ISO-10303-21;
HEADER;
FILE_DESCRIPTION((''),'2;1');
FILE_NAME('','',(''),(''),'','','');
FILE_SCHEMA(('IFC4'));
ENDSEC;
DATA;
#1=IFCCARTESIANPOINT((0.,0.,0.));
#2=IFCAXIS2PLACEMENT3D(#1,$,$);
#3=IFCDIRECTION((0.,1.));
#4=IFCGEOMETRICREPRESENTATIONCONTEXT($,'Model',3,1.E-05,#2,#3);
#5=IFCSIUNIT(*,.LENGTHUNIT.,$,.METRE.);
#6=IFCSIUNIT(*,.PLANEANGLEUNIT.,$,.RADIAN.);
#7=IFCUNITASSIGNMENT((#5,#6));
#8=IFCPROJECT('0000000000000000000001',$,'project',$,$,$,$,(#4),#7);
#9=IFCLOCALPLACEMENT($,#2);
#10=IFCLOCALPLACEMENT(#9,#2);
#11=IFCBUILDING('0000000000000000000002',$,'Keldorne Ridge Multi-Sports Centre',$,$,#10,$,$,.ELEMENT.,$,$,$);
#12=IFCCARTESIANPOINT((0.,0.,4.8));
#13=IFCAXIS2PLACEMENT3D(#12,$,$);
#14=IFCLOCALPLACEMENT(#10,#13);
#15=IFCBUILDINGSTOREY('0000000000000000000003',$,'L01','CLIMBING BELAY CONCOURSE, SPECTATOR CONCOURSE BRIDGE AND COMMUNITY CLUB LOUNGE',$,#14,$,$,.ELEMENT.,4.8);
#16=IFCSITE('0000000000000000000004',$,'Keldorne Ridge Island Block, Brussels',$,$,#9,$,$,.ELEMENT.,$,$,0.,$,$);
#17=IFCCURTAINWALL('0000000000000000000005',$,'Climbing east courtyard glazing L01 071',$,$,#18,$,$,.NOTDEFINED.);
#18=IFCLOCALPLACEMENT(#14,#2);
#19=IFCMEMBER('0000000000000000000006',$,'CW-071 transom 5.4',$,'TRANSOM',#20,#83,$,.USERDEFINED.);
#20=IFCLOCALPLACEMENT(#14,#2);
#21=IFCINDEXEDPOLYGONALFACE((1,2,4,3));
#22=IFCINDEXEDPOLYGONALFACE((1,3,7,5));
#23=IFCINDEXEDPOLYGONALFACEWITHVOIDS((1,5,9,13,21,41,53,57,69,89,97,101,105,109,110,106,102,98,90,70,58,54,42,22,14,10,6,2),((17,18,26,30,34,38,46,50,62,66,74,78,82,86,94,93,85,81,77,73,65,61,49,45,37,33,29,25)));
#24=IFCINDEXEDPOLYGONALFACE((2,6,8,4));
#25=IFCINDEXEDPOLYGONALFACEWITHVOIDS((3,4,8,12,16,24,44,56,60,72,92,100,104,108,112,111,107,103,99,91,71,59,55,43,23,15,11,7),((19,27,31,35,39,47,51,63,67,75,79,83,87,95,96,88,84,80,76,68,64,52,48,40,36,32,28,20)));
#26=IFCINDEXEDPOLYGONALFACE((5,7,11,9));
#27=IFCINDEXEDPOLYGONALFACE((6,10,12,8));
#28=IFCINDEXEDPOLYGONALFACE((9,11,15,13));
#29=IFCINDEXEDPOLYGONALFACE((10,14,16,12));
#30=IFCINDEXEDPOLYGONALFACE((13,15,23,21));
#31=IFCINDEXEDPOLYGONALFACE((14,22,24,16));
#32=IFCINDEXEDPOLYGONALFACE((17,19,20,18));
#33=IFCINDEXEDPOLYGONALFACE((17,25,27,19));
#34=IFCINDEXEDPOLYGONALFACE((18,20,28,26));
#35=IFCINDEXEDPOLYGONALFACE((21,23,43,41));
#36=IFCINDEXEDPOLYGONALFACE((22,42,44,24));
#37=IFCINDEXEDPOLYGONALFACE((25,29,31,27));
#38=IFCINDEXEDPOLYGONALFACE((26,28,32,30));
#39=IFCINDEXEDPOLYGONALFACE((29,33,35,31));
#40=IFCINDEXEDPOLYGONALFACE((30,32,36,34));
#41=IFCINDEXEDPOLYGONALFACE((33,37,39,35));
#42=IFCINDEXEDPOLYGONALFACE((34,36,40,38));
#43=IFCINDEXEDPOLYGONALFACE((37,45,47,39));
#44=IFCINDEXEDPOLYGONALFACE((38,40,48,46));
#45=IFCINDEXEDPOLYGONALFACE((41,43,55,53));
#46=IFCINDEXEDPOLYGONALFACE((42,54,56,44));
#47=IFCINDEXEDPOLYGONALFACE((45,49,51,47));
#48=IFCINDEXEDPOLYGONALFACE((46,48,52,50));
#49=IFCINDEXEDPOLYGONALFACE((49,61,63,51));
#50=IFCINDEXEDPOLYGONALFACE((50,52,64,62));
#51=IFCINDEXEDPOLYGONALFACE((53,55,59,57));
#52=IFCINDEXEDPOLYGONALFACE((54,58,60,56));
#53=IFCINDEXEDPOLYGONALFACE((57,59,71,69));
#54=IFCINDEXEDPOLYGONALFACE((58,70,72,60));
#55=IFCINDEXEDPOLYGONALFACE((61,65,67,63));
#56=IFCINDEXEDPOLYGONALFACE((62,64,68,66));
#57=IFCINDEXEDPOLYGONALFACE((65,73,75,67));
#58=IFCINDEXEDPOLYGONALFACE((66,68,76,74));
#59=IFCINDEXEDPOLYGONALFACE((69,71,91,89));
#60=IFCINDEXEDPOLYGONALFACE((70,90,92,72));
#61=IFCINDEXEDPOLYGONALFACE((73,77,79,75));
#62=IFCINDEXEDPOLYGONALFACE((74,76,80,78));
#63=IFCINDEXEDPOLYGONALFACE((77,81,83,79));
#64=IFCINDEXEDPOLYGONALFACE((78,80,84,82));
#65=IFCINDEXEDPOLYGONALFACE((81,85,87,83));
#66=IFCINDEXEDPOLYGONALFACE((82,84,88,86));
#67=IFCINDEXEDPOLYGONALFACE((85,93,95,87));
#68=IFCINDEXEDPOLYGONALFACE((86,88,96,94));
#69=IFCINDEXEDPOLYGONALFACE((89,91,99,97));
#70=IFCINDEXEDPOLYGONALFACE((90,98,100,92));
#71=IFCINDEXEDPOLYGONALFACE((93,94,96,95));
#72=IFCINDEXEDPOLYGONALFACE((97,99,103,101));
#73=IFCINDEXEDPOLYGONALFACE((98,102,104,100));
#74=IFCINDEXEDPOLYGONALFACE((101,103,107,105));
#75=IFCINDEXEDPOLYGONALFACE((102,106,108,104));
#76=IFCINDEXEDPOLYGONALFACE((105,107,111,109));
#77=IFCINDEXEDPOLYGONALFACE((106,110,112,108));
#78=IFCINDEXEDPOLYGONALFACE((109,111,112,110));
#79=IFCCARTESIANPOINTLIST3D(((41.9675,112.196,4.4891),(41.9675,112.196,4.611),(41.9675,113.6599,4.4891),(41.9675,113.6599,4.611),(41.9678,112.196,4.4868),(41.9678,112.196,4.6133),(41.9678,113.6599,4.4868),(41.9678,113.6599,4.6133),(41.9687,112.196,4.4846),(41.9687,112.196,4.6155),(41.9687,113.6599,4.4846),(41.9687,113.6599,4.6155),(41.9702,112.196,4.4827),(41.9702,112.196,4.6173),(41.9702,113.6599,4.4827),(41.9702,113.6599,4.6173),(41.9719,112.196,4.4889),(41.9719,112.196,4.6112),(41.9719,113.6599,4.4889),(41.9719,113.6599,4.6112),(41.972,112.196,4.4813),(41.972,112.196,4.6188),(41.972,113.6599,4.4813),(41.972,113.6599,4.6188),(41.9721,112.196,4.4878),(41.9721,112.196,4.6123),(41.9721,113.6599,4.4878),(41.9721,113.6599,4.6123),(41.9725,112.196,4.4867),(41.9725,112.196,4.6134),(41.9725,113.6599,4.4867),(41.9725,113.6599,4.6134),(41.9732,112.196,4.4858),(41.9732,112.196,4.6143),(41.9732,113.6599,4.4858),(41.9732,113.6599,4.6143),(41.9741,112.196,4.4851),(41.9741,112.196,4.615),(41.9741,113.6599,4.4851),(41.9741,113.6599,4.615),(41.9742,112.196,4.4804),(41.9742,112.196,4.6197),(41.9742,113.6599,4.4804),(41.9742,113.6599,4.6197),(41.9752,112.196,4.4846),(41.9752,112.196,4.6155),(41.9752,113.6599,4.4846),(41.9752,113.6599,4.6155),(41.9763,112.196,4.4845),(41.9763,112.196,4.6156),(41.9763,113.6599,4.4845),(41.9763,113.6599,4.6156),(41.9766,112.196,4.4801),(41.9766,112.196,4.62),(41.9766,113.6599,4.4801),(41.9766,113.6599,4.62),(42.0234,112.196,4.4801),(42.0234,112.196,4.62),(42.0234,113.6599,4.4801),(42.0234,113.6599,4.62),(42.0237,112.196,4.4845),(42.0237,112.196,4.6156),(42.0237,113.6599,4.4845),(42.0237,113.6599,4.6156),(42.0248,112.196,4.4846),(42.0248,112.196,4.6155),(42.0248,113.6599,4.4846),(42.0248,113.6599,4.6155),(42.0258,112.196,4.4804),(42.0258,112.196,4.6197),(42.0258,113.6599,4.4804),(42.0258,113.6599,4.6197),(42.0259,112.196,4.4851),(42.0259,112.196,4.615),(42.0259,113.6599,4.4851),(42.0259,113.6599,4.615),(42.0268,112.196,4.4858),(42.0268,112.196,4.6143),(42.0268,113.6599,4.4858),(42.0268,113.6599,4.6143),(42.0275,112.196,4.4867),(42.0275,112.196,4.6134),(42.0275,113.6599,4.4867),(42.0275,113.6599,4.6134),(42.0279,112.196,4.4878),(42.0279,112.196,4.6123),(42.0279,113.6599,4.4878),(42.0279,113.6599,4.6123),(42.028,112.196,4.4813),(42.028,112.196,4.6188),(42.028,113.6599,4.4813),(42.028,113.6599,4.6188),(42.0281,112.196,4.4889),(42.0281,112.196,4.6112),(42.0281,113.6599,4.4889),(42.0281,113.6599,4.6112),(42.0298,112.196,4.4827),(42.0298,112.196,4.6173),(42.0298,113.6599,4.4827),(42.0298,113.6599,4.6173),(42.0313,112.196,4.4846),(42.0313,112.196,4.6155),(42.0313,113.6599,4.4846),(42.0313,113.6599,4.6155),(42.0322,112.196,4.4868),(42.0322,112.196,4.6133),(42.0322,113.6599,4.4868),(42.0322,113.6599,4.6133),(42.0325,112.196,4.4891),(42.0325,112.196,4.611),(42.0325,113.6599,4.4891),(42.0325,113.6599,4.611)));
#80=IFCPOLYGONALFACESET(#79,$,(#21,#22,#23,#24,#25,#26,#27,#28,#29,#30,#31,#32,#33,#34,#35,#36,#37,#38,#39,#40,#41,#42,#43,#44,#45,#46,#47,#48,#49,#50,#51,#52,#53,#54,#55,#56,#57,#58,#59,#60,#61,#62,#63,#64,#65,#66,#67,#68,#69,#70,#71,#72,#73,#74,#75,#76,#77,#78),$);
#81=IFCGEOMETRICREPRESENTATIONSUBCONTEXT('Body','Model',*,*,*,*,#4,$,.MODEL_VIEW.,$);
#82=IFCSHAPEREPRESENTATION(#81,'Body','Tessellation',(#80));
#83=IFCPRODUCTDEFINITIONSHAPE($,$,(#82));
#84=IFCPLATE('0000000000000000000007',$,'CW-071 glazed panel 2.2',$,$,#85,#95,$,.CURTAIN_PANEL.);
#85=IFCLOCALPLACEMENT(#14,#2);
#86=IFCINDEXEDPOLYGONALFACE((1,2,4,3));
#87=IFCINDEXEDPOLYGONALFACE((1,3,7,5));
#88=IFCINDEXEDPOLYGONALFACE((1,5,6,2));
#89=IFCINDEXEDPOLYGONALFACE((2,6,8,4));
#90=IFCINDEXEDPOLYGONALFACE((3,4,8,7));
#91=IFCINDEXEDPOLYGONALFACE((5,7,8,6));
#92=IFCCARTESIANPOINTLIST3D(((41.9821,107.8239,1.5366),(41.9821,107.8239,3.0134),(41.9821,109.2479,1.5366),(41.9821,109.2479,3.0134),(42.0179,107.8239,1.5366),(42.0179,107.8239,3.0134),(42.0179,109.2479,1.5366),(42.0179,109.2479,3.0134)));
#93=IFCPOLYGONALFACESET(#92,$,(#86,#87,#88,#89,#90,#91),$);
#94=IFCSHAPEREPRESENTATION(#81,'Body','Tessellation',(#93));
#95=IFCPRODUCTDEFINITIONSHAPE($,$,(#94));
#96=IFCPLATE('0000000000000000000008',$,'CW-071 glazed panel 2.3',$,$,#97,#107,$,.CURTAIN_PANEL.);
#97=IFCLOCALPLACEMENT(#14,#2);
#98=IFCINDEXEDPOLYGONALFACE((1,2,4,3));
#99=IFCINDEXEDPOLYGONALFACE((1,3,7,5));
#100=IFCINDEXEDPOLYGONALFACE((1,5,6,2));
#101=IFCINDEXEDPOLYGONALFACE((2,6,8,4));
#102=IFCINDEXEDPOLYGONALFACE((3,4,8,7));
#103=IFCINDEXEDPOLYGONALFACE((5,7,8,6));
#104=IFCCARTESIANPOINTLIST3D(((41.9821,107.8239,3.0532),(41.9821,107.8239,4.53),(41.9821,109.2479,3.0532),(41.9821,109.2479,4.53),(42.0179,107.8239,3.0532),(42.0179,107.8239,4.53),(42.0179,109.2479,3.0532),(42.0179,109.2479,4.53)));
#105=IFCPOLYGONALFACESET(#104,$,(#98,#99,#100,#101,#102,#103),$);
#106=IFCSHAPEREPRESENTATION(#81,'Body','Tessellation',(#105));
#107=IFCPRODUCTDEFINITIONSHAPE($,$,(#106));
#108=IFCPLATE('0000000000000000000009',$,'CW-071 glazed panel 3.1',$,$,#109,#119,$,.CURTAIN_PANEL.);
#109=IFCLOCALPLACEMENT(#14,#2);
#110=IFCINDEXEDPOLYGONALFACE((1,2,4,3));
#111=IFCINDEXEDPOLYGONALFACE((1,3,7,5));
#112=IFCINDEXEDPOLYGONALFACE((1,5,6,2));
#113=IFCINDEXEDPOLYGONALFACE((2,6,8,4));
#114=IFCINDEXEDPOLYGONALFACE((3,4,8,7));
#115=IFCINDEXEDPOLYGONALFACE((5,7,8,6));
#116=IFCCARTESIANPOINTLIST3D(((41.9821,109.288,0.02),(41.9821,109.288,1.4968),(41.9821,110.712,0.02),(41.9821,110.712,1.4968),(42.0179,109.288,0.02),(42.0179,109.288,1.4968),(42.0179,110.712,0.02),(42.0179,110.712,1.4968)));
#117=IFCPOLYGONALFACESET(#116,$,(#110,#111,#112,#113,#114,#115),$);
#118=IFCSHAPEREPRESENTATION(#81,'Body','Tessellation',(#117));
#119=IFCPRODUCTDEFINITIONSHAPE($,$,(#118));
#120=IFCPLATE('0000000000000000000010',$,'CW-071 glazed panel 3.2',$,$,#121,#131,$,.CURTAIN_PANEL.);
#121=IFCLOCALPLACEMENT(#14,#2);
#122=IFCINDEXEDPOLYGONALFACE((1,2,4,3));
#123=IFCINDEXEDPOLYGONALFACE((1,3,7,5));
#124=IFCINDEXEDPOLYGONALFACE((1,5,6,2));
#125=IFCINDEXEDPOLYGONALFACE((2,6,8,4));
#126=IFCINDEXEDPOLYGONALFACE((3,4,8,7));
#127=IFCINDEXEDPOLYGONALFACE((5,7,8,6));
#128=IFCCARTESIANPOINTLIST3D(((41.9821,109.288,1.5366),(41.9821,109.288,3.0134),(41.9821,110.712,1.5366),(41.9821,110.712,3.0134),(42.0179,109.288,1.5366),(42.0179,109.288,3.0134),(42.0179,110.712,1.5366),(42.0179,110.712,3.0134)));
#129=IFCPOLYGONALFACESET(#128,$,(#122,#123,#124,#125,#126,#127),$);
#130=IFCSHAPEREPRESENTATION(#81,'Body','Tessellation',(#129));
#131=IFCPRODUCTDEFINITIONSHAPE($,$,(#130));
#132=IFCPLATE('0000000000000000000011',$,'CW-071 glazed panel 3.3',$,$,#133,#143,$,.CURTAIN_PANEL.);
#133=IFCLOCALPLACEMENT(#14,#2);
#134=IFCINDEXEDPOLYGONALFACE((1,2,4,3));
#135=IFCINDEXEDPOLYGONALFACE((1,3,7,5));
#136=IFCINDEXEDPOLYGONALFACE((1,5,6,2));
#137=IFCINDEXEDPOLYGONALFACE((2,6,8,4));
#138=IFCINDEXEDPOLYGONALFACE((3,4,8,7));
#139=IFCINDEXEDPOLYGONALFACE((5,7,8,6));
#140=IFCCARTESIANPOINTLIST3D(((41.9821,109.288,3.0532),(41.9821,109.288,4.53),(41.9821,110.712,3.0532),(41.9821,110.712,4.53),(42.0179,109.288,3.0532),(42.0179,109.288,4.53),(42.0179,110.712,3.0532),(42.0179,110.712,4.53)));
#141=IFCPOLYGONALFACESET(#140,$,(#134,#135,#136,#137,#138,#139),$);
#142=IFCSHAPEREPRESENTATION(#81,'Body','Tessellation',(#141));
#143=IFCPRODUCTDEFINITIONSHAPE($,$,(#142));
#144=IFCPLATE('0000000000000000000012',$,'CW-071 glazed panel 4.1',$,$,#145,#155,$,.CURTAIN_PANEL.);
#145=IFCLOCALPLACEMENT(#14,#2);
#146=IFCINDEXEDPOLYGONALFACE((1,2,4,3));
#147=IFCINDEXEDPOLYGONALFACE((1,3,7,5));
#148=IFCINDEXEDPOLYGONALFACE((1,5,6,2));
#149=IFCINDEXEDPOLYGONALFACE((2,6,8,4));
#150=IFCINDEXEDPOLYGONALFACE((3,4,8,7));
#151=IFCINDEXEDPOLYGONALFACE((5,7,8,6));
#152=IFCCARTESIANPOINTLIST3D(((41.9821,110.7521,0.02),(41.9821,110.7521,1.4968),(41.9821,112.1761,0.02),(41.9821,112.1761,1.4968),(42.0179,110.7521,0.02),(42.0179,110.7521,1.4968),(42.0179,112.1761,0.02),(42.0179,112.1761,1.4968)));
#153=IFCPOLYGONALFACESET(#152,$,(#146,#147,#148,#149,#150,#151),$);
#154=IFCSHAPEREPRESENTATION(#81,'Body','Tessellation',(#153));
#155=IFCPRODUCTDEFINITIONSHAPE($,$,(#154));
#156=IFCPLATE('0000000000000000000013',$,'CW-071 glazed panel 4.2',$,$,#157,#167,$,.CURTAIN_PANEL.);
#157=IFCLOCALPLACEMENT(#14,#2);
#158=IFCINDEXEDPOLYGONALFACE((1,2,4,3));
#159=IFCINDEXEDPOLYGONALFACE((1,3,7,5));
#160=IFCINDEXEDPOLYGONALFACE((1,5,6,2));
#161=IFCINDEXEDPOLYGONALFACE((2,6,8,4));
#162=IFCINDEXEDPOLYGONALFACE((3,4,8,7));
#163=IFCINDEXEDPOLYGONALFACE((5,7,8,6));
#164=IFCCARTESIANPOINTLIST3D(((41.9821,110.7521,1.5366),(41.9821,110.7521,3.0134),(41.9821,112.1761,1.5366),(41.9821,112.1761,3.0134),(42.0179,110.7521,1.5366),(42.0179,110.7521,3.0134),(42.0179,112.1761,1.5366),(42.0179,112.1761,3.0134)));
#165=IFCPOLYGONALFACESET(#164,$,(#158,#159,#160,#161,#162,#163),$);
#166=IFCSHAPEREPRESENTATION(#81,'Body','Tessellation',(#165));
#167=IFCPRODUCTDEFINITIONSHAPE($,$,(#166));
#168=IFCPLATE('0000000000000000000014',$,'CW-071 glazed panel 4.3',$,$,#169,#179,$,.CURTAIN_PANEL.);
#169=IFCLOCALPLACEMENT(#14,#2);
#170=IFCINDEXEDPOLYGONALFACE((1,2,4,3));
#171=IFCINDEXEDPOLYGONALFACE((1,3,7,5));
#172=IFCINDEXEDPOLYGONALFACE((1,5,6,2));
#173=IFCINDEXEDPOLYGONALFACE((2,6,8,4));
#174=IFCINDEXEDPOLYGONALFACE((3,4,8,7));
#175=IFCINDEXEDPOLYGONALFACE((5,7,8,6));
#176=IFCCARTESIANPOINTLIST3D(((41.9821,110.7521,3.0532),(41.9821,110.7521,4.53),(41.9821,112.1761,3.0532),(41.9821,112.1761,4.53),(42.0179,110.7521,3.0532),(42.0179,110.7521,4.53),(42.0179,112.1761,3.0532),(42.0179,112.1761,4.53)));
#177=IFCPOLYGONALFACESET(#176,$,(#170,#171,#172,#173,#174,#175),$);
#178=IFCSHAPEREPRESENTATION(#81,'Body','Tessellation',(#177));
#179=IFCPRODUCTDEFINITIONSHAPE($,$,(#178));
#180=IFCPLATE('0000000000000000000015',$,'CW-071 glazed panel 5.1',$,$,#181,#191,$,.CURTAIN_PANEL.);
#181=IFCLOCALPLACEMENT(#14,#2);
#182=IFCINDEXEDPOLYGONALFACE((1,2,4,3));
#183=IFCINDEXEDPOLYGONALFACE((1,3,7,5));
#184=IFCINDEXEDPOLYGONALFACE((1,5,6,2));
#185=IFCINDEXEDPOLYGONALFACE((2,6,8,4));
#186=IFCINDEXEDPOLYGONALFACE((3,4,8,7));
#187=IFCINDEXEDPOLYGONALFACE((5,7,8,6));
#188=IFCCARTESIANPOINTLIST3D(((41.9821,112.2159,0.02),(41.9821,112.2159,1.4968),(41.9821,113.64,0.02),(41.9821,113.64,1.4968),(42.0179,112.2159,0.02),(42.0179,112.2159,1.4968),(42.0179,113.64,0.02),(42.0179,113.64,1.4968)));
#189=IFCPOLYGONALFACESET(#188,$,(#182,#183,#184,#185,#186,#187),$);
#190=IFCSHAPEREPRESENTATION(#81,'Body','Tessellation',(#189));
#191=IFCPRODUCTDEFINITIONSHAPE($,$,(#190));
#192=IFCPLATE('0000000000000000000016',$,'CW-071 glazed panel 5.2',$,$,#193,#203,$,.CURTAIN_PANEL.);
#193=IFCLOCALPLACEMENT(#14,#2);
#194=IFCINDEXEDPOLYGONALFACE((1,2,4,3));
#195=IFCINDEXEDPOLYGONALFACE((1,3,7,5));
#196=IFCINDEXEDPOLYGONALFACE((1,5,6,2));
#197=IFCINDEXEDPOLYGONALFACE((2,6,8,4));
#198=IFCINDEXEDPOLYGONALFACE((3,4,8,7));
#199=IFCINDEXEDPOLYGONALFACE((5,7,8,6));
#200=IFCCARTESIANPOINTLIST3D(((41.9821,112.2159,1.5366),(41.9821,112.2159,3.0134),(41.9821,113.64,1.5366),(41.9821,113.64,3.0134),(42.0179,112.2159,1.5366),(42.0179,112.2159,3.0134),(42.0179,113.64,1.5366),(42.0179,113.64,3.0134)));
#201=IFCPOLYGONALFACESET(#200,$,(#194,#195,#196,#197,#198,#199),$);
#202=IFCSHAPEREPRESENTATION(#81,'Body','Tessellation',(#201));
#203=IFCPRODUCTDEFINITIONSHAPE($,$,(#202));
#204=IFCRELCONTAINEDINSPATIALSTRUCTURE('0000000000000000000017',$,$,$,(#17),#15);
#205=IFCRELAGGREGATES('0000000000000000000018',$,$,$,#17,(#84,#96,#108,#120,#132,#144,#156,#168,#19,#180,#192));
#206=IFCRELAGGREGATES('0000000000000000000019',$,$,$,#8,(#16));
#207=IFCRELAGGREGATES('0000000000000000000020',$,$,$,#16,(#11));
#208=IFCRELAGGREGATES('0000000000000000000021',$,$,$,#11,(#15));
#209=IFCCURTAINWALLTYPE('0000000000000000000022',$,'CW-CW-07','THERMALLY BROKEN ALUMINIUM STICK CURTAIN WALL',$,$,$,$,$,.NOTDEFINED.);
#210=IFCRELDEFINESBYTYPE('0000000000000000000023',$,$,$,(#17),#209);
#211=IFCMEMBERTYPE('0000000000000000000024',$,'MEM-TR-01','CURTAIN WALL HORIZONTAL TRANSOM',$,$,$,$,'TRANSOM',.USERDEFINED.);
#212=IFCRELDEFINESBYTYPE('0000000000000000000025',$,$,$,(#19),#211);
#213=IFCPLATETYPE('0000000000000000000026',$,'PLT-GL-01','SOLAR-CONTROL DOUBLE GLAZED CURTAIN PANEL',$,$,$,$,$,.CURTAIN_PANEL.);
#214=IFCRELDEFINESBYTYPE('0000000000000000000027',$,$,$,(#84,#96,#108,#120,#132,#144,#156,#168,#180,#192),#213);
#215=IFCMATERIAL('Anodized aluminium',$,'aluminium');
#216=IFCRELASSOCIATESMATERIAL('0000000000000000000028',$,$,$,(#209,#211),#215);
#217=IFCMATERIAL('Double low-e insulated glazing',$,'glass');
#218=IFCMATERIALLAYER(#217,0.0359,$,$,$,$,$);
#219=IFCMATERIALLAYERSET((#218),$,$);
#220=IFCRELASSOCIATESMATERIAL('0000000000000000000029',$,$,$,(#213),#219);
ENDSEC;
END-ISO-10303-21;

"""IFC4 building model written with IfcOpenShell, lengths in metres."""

from ifc_helpers import new_model, si_unit, direction, frame, origin, origin_2d, place, context, subcontext, project, spatial, rectangle, hollow_rectangle, extrude, material, layer, layer_set, material_profile, profile_set, type_object, element, aggregate, save


model = new_model("IFC4")

# Units and contexts
model_context = context("Model", 3, precision=1e-05, world=origin(), true_north=direction((0.0, 1.0)))
body_context = subcontext(model_context, "Body", "Model", "MODEL_VIEW")
ifc_project = project(units=[si_unit("LENGTHUNIT", "METRE"), si_unit("PLANEANGLEUNIT", "RADIAN")], contexts=[model_context])

# Site, building, storey
site_placement = place(None, origin())
site = spatial("IfcSite", under=ifc_project, at=site_placement, Name="Keldorne Ridge Island Block, Brussels", CompositionType="ELEMENT", RefElevation=0.0)
building_placement = place(site_placement, origin())
building = spatial("IfcBuilding", under=site, at=building_placement, Name="Keldorne Ridge Multi-Sports Centre", CompositionType="ELEMENT")
storey_placement = place(building_placement, frame((0.0, 0.0, 4.8)))
storey = spatial("IfcBuildingStorey", under=building, at=storey_placement, Name="L01", Description="CLIMBING BELAY CONCOURSE, SPECTATOR CONCOURSE BRIDGE AND COMMUNITY CLUB LOUNGE", CompositionType="ELEMENT", Elevation=4.8)

# Curtain wall
ifc_material_1 = material(Name="Anodized aluminium", Category="aluminium")
curtain_wall_type_1 = type_object("IfcCurtainWallType", Name="CW-CW-07", Description="THERMALLY BROKEN ALUMINIUM STICK CURTAIN WALL", PredefinedType="NOTDEFINED", material=ifc_material_1)
curtain_wall_1_placement = place(storey_placement, origin())
curtain_wall_1 = element("IfcCurtainWall", 1, at=curtain_wall_1_placement, inside=storey, type_object=curtain_wall_type_1, Name="Climbing east courtyard glazing L01 071", PredefinedType="NOTDEFINED")

# Member
ifc_material_profile_1 = material_profile(ifc_material_1, hollow_rectangle(XDim=0.0649, YDim=0.1399, WallThickness=0.0044, InnerFilletRadius=0.0044, OuterFilletRadius=0.009, at=origin_2d()), Name="ALU TRANSOM 140x65x4.5")
ifc_profile_set_1 = profile_set([ifc_material_profile_1], Name="Anodized aluminium")
member_type_1 = type_object("IfcMemberType", Name="MEM-TR-01", Description="CURTAIN WALL HORIZONTAL TRANSOM", ElementType="TRANSOM", PredefinedType="USERDEFINED", material=ifc_profile_set_1)
member_1_placement = place(storey_placement, frame((42.0, 112.196, 4.55), z_axis=(0.0, 1.0, 0.0), x_axis=(-1.0, 0.0, 0.0)))
member_1 = element("IfcMember", 2, at=member_1_placement, type_object=member_type_1, Name="CW-071 transom 5.4", ObjectType="TRANSOM", PredefinedType="USERDEFINED", context=body_context, shape_type="SweptSolid", body=[
    extrude(hollow_rectangle(XDim=0.0649, YDim=0.1399, WallThickness=0.0044, InnerFilletRadius=0.0044, OuterFilletRadius=0.009, at=origin_2d()), origin(), (0.0, 0.0, 1.0), 1.4639),
])

# Plates
ifc_material_2 = material(Name="Double low-e insulated glazing", Category="glass")
ifc_layer_1 = layer(ifc_material_2, 0.0359)
ifc_layer_set_1 = layer_set([ifc_layer_1])
plate_type_1 = type_object("IfcPlateType", Name="PLT-GL-01", Description="SOLAR-CONTROL DOUBLE GLAZED CURTAIN PANEL", PredefinedType="CURTAIN_PANEL", material=ifc_layer_set_1)
plate_1_placement = place(storey_placement, frame((42.0, 108.5359, 1.5366), z_axis=(0.0, 0.0, 1.0), x_axis=(0.0, 1.0, 0.0)))
plate_1 = element("IfcPlate", 3, at=plate_1_placement, type_object=plate_type_1, Name="CW-071 glazed panel 2.2", PredefinedType="CURTAIN_PANEL", context=body_context, shape_type="SweptSolid", body=[
    extrude(rectangle(XDim=1.4241, YDim=0.0359, at=origin_2d()), origin(), (0.0, 0.0, 1.0), 1.4768),
])
plate_2_placement = place(storey_placement, frame((42.0, 108.5359, 3.0532), z_axis=(0.0, 0.0, 1.0), x_axis=(0.0, 1.0, 0.0)))
plate_2 = element("IfcPlate", 4, at=plate_2_placement, type_object=plate_type_1, Name="CW-071 glazed panel 2.3", PredefinedType="CURTAIN_PANEL", context=body_context, shape_type="SweptSolid", body=[
    extrude(rectangle(XDim=1.4241, YDim=0.0359, at=origin_2d()), origin(), (0.0, 0.0, 1.0), 1.4768),
])
plate_3_placement = place(storey_placement, frame((42.0, 110.0, 0.02), z_axis=(0.0, 0.0, 1.0), x_axis=(0.0, 1.0, 0.0)))
plate_3 = element("IfcPlate", 5, at=plate_3_placement, type_object=plate_type_1, Name="CW-071 glazed panel 3.1", PredefinedType="CURTAIN_PANEL", context=body_context, shape_type="SweptSolid", body=[
    extrude(rectangle(XDim=1.4241, YDim=0.0359, at=origin_2d()), origin(), (0.0, 0.0, 1.0), 1.4768),
])
plate_4_placement = place(storey_placement, frame((42.0, 110.0, 1.5366), z_axis=(0.0, 0.0, 1.0), x_axis=(0.0, 1.0, 0.0)))
plate_4 = element("IfcPlate", 6, at=plate_4_placement, type_object=plate_type_1, Name="CW-071 glazed panel 3.2", PredefinedType="CURTAIN_PANEL", context=body_context, shape_type="SweptSolid", body=[
    extrude(rectangle(XDim=1.4241, YDim=0.0359, at=origin_2d()), origin(), (0.0, 0.0, 1.0), 1.4768),
])
plate_5_placement = place(storey_placement, frame((42.0, 110.0, 3.0532), z_axis=(0.0, 0.0, 1.0), x_axis=(0.0, 1.0, 0.0)))
plate_5 = element("IfcPlate", 7, at=plate_5_placement, type_object=plate_type_1, Name="CW-071 glazed panel 3.3", PredefinedType="CURTAIN_PANEL", context=body_context, shape_type="SweptSolid", body=[
    extrude(rectangle(XDim=1.4241, YDim=0.0359, at=origin_2d()), origin(), (0.0, 0.0, 1.0), 1.4768),
])
plate_6_placement = place(storey_placement, frame((42.0, 111.4641, 0.02), z_axis=(0.0, 0.0, 1.0), x_axis=(0.0, 1.0, 0.0)))
plate_6 = element("IfcPlate", 8, at=plate_6_placement, type_object=plate_type_1, Name="CW-071 glazed panel 4.1", PredefinedType="CURTAIN_PANEL", context=body_context, shape_type="SweptSolid", body=[
    extrude(rectangle(XDim=1.4241, YDim=0.0359, at=origin_2d()), origin(), (0.0, 0.0, 1.0), 1.4768),
])
plate_7_placement = place(storey_placement, frame((42.0, 111.4641, 1.5366), z_axis=(0.0, 0.0, 1.0), x_axis=(0.0, 1.0, 0.0)))
plate_7 = element("IfcPlate", 9, at=plate_7_placement, type_object=plate_type_1, Name="CW-071 glazed panel 4.2", PredefinedType="CURTAIN_PANEL", context=body_context, shape_type="SweptSolid", body=[
    extrude(rectangle(XDim=1.4241, YDim=0.0359, at=origin_2d()), origin(), (0.0, 0.0, 1.0), 1.4768),
])
plate_8_placement = place(storey_placement, frame((42.0, 111.4641, 3.0532), z_axis=(0.0, 0.0, 1.0), x_axis=(0.0, 1.0, 0.0)))
plate_8 = element("IfcPlate", 10, at=plate_8_placement, type_object=plate_type_1, Name="CW-071 glazed panel 4.3", PredefinedType="CURTAIN_PANEL", context=body_context, shape_type="SweptSolid", body=[
    extrude(rectangle(XDim=1.4241, YDim=0.0359, at=origin_2d()), origin(), (0.0, 0.0, 1.0), 1.4768),
])
plate_9_placement = place(storey_placement, frame((42.0, 112.928, 0.02), z_axis=(0.0, 0.0, 1.0), x_axis=(0.0, 1.0, 0.0)))
plate_9 = element("IfcPlate", 11, at=plate_9_placement, type_object=plate_type_1, Name="CW-071 glazed panel 5.1", PredefinedType="CURTAIN_PANEL", context=body_context, shape_type="SweptSolid", body=[
    extrude(rectangle(XDim=1.4241, YDim=0.0359, at=origin_2d()), origin(), (0.0, 0.0, 1.0), 1.4768),
])
plate_10_placement = place(storey_placement, frame((42.0, 112.928, 1.5366), z_axis=(0.0, 0.0, 1.0), x_axis=(0.0, 1.0, 0.0)))
plate_10 = element("IfcPlate", 12, at=plate_10_placement, type_object=plate_type_1, Name="CW-071 glazed panel 5.2", PredefinedType="CURTAIN_PANEL", context=body_context, shape_type="SweptSolid", body=[
    extrude(rectangle(XDim=1.4241, YDim=0.0359, at=origin_2d()), origin(), (0.0, 0.0, 1.0), 1.4768),
])
aggregate(curtain_wall_1, [plate_1, plate_2, plate_3, plate_4, plate_5, plate_6, plate_7, plate_8, member_1, plate_9, plate_10])

save(model, "model.ifc")
